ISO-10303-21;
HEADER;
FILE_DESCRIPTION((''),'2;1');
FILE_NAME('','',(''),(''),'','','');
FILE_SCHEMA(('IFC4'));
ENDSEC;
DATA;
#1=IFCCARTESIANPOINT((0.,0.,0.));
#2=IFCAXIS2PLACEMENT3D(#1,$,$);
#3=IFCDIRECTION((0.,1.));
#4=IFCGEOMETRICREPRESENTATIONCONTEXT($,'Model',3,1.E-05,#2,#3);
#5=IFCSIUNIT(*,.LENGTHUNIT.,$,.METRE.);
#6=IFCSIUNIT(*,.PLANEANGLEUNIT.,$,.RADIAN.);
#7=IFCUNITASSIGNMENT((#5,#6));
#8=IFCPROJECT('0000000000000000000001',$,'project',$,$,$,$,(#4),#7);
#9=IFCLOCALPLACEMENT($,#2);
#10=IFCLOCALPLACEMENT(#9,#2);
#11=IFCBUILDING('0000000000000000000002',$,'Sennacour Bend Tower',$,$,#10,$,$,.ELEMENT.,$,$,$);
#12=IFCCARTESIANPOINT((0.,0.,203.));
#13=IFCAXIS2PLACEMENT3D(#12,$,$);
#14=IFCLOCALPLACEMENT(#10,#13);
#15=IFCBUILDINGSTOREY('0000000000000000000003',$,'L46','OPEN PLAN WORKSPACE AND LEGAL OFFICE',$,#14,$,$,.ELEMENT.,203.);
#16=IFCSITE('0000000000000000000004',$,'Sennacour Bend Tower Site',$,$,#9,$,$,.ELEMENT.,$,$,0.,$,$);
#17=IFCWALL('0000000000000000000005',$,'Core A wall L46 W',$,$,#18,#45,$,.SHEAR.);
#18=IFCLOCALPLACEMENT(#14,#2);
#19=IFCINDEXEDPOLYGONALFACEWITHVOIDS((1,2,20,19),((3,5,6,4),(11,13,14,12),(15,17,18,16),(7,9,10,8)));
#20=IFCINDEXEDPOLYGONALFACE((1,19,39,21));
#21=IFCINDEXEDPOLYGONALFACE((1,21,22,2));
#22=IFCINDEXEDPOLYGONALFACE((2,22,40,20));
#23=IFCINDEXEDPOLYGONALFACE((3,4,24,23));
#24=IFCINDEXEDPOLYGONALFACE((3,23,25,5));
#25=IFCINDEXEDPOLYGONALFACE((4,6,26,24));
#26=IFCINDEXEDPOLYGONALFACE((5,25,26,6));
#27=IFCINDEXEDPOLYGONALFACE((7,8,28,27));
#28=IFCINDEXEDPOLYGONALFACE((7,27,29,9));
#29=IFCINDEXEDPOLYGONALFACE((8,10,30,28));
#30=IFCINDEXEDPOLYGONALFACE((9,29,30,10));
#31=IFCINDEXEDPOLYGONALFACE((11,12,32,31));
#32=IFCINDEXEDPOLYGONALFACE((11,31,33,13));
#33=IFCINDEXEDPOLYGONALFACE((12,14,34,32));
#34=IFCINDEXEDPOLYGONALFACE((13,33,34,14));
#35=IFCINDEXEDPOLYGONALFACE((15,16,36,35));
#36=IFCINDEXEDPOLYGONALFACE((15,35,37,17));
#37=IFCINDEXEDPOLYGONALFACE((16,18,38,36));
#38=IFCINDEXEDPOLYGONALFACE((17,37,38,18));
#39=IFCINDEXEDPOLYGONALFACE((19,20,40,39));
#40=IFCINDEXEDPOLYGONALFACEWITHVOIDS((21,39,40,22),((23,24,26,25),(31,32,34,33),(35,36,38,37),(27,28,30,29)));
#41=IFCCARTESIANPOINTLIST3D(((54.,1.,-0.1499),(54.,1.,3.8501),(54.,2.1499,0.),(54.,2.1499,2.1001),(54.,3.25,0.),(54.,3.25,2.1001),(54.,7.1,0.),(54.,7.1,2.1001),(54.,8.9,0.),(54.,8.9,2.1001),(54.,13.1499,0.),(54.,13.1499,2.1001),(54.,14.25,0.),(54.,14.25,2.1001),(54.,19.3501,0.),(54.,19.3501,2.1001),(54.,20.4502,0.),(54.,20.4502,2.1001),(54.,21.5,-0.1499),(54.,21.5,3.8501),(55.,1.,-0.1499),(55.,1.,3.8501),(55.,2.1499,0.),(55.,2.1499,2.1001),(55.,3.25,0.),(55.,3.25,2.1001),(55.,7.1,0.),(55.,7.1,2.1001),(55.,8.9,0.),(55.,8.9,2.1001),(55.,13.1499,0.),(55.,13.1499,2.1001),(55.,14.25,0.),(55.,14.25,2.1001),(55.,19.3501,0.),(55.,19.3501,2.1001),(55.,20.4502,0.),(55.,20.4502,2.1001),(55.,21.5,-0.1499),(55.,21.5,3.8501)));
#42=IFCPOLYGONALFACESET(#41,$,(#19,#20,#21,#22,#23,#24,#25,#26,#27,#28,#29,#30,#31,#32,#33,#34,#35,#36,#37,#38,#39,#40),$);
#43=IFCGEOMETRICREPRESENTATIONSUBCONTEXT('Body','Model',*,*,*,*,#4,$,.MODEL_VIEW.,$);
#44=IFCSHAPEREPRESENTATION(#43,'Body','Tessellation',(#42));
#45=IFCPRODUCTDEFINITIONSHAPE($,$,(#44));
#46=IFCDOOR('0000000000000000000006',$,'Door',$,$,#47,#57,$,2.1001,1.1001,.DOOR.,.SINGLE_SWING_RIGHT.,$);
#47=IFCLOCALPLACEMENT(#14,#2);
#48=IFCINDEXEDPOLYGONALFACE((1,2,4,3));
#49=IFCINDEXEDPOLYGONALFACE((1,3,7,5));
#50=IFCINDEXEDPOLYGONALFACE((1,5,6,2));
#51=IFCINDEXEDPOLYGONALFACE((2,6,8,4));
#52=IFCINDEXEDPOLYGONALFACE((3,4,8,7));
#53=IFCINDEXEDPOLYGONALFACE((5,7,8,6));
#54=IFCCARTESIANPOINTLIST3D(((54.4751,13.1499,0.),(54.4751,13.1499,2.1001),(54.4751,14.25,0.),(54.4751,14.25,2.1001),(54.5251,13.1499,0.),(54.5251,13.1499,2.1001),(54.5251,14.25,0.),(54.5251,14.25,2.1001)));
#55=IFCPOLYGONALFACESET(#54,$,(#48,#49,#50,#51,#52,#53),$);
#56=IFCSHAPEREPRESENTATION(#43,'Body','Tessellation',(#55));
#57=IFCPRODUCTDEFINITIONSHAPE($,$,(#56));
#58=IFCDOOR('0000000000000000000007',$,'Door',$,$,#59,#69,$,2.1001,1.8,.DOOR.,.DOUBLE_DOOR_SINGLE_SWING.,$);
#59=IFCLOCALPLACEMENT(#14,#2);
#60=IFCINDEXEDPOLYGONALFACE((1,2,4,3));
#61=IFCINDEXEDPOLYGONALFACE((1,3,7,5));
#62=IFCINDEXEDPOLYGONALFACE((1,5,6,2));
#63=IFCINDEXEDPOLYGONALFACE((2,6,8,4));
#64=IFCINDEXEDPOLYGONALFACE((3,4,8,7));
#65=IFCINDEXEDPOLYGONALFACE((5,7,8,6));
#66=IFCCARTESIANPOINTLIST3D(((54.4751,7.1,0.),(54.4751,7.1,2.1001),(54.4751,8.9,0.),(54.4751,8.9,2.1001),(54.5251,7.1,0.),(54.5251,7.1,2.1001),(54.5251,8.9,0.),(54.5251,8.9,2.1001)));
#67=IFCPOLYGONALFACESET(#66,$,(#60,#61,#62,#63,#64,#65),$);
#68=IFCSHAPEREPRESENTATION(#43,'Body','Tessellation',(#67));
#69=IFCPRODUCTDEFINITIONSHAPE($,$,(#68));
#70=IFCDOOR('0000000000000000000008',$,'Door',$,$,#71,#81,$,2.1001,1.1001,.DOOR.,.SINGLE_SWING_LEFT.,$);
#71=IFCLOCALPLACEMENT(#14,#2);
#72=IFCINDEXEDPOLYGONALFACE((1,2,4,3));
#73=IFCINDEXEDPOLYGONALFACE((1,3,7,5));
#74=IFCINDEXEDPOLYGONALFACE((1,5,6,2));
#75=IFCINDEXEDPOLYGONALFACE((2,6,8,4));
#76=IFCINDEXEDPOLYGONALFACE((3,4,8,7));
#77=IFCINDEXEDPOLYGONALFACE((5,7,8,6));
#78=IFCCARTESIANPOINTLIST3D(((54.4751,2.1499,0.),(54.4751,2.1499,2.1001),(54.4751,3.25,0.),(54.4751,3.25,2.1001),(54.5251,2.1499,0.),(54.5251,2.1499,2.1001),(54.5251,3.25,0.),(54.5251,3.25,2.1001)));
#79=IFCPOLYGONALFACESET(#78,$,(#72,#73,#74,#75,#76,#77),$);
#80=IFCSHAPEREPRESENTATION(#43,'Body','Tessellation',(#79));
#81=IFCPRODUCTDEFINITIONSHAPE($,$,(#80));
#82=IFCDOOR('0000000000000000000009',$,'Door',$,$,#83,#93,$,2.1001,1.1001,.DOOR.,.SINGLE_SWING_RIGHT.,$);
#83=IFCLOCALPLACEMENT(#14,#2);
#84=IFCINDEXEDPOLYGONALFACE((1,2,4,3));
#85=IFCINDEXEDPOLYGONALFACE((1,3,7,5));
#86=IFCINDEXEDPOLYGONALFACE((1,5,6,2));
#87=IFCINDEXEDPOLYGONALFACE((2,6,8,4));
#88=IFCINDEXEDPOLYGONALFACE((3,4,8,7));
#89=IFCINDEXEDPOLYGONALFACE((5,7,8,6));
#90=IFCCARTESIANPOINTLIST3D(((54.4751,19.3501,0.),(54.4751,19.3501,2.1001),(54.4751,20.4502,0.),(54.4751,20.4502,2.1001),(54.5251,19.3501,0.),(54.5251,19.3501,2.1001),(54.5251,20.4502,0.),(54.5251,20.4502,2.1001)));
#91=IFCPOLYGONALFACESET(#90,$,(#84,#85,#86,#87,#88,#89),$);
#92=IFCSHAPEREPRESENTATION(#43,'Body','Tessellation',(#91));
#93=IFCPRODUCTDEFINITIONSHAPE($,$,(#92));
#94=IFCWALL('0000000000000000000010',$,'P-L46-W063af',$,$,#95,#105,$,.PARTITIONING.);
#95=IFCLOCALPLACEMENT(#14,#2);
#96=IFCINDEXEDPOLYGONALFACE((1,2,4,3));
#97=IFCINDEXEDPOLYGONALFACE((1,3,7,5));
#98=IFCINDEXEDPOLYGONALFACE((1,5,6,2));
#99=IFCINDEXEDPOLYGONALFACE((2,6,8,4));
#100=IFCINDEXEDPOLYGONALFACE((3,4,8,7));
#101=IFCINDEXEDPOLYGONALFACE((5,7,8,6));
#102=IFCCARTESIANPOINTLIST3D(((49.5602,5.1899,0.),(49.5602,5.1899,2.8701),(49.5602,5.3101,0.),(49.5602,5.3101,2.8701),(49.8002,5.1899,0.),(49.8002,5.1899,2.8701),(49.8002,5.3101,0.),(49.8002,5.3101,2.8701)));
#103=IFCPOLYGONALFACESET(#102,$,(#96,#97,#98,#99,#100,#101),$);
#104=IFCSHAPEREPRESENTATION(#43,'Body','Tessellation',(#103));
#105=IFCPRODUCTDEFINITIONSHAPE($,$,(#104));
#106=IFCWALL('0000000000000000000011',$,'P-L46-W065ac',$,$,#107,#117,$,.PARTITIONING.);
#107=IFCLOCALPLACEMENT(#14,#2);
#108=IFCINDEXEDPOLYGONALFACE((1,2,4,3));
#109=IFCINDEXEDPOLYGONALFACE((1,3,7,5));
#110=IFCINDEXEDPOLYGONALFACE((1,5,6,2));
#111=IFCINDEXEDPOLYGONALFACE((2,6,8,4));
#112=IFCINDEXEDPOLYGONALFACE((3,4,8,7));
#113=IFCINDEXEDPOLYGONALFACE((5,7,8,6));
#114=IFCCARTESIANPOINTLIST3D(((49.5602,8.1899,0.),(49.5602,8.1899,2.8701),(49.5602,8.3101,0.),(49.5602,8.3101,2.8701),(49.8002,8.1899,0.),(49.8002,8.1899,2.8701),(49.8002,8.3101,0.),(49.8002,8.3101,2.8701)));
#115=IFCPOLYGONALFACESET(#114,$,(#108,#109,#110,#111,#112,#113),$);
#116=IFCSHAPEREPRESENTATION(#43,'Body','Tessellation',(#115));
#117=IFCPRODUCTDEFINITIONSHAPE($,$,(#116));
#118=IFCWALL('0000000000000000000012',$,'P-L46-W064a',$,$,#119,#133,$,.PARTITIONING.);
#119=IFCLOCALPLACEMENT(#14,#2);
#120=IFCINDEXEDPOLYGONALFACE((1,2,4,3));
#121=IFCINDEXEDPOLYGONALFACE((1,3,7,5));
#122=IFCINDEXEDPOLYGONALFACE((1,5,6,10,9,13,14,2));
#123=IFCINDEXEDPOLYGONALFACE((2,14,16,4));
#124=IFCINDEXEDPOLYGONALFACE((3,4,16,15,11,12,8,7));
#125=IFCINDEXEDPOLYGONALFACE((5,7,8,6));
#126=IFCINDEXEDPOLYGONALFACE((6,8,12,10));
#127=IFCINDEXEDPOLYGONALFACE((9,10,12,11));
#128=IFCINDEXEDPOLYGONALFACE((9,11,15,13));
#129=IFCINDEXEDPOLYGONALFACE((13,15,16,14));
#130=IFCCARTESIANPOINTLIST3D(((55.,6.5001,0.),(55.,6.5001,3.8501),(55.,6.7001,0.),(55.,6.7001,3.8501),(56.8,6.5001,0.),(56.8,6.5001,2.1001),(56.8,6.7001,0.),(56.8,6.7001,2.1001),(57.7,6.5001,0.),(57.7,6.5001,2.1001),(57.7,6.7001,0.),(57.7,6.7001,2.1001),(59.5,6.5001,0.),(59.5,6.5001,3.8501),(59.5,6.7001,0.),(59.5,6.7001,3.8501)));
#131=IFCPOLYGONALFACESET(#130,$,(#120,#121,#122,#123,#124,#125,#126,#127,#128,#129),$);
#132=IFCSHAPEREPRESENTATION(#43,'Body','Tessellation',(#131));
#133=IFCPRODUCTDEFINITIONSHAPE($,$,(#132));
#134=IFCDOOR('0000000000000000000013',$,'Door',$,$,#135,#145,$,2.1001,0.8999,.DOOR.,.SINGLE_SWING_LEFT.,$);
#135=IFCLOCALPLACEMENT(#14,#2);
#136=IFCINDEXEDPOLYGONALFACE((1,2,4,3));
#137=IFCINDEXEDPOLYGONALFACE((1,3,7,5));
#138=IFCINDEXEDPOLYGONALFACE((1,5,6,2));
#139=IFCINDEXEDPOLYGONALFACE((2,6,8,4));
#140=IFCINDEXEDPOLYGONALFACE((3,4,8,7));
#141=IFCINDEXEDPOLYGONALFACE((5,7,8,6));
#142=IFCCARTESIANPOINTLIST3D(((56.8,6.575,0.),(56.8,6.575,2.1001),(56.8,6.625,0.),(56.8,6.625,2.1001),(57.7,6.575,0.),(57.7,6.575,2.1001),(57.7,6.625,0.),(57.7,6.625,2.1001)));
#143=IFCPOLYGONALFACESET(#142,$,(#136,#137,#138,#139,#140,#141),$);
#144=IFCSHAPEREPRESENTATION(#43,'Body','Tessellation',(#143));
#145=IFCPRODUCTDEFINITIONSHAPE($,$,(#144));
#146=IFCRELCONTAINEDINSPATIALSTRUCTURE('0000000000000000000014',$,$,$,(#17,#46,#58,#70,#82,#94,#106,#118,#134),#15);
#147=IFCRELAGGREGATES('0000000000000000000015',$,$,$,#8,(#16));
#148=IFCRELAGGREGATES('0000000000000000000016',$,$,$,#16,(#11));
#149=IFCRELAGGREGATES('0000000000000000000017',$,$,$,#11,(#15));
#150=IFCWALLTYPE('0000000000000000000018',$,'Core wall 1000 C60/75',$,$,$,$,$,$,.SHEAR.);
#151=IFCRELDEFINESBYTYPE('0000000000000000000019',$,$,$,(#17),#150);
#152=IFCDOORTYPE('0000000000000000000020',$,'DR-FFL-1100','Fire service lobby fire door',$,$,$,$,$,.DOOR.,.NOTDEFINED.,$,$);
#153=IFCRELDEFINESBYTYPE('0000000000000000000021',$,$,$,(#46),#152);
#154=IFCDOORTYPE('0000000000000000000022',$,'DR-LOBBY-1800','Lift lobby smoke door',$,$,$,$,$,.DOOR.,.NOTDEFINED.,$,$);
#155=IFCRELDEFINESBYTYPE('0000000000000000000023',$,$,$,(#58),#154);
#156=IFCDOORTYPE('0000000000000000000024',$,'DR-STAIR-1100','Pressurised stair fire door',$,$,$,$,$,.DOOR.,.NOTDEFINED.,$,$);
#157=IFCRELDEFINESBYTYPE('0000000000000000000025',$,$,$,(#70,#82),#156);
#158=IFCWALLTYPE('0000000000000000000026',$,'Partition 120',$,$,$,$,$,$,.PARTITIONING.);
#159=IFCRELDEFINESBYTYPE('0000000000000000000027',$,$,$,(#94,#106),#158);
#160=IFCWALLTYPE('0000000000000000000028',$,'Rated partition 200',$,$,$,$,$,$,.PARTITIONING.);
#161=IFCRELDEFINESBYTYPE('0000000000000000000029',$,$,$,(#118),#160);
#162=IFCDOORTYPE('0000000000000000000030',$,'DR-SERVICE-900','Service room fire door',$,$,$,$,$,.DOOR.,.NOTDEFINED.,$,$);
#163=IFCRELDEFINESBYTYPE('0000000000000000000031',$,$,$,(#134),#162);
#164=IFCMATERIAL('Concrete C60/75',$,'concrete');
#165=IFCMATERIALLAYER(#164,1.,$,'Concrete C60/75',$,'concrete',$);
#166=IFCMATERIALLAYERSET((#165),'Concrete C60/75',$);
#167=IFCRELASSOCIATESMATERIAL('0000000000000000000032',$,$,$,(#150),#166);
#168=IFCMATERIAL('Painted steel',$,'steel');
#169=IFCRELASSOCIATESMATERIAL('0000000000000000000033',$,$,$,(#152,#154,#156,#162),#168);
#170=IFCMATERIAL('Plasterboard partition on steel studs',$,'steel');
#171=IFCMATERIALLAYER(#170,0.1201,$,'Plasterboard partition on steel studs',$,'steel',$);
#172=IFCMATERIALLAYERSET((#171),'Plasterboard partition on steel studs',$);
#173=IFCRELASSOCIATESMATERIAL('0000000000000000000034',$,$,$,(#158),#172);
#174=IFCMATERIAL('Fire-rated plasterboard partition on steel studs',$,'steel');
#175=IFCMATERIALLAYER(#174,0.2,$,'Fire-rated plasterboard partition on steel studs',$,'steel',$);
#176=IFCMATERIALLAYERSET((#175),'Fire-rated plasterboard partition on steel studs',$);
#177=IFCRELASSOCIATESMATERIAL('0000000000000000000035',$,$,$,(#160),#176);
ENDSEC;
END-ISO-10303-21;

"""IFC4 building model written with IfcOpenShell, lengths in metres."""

from ifc_helpers import new_model, si_unit, direction, frame, frame_2d, origin, place, context, subcontext, project, spatial, rectangle, extrude, material, layer, layer_set, type_object, element, fill, save


model = new_model("IFC4")

# Units and contexts
model_context = context("Model", 3, precision=1e-05, world=origin(), true_north=direction((0.0, 1.0)))
body_context = subcontext(model_context, "Body", "Model", "MODEL_VIEW")
ifc_project = project(units=[si_unit("LENGTHUNIT", "METRE"), si_unit("PLANEANGLEUNIT", "RADIAN")], contexts=[model_context])

# Site, building, storey
site_placement = place(None, origin())
site = spatial("IfcSite", under=ifc_project, at=site_placement, Name="Sennacour Bend Tower Site", CompositionType="ELEMENT", RefElevation=0.0)
building_placement = place(site_placement, origin())
building = spatial("IfcBuilding", under=site, at=building_placement, Name="Sennacour Bend Tower", CompositionType="ELEMENT")
storey_placement = place(building_placement, frame((0.0, 0.0, 203.0)))
storey = spatial("IfcBuildingStorey", under=building, at=storey_placement, Name="L46", Description="OPEN PLAN WORKSPACE AND LEGAL OFFICE", CompositionType="ELEMENT", Elevation=203.0)

# Wall, openings, doors
ifc_material_1 = material(Name="Concrete C60/75", Category="concrete")
ifc_layer_1 = layer(ifc_material_1, 1.0, Name="Concrete C60/75", Category="concrete")
ifc_layer_set_1 = layer_set([ifc_layer_1], Name="Concrete C60/75")
wall_type_1 = type_object("IfcWallType", Name="Core wall 1000 C60/75", PredefinedType="SHEAR", material=ifc_layer_set_1)
wall_1_placement = place(storey_placement, frame((54.5, 1.0, -0.1499), z_axis=(0.0, 0.0, 1.0), x_axis=(0.0, 1.0, 0.0)))
wall_1 = element("IfcWall", 1, at=wall_1_placement, inside=storey, type_object=wall_type_1, Name="Core A wall L46 W", PredefinedType="SHEAR", context=body_context, shape_type="SweptSolid", body=[
    extrude(rectangle(XDim=20.5, YDim=1.0, at=frame_2d((10.25, 0.0))), origin(), (0.0, 0.0, 1.0), 4.0),
])
opening_1_placement = place(wall_1_placement, frame((6.1001, 0.0, 0.1499)))
opening_1 = element("IfcOpeningElement", 2, at=opening_1_placement, cuts=wall_1, PredefinedType="OPENING", context=body_context, shape_type="SweptSolid", body=[
    extrude(rectangle(XDim=1.8, YDim=2.1001, at=frame_2d((0.8999, 1.05))), frame((0.0, 0.51, 0.0), z_axis=(0.0, -1.0, 0.0), x_axis=(1.0, 0.0, 0.0)), (0.0, 0.0, 1.0), 1.02),
])
opening_2_placement = place(wall_1_placement, frame((12.1499, 0.0, 0.1499)))
opening_2 = element("IfcOpeningElement", 3, at=opening_2_placement, cuts=wall_1, PredefinedType="OPENING", context=body_context, shape_type="SweptSolid", body=[
    extrude(rectangle(XDim=1.1001, YDim=2.1001, at=frame_2d((0.55, 1.05))), frame((0.0, 0.51, 0.0), z_axis=(0.0, -1.0, 0.0), x_axis=(1.0, 0.0, 0.0)), (0.0, 0.0, 1.0), 1.02),
])
opening_3_placement = place(wall_1_placement, frame((1.1499, 0.0, 0.1499)))
opening_3 = element("IfcOpeningElement", 4, at=opening_3_placement, cuts=wall_1, PredefinedType="OPENING", context=body_context, shape_type="SweptSolid", body=[
    extrude(rectangle(XDim=1.1001, YDim=2.1001, at=frame_2d((0.55, 1.05))), frame((0.0, 0.51, 0.0), z_axis=(0.0, -1.0, 0.0), x_axis=(1.0, 0.0, 0.0)), (0.0, 0.0, 1.0), 1.02),
])
opening_4_placement = place(wall_1_placement, frame((18.3501, 0.0, 0.1499)))
opening_4 = element("IfcOpeningElement", 5, at=opening_4_placement, cuts=wall_1, PredefinedType="OPENING", context=body_context, shape_type="SweptSolid", body=[
    extrude(rectangle(XDim=1.1001, YDim=2.1001, at=frame_2d((0.55, 1.05))), frame((0.0, 0.51, 0.0), z_axis=(0.0, -1.0, 0.0), x_axis=(1.0, 0.0, 0.0)), (0.0, 0.0, 1.0), 1.02),
])
ifc_material_2 = material(Name="Painted steel", Category="steel")
door_type_1 = type_object("IfcDoorType", Name="DR-FFL-1100", Description="Fire service lobby fire door", OperationType="NOTDEFINED", PredefinedType="DOOR", material=ifc_material_2)
door_1_placement = place(opening_2_placement, origin())
door_1 = element("IfcDoor", 6, at=door_1_placement, inside=storey, type_object=door_type_1, Name="Door", OperationType="SINGLE_SWING_RIGHT", OverallHeight=2.1001, OverallWidth=1.1001, PredefinedType="DOOR", context=body_context, shape_type="SweptSolid", body=[
    extrude(rectangle(XDim=1.1001, YDim=2.1001, at=frame_2d((0.55, 1.05))), frame((0.0, 0.0249, 0.0), z_axis=(0.0, -1.0, 0.0), x_axis=(1.0, 0.0, 0.0)), (0.0, 0.0, 1.0), 0.05),
])
fill(opening_2, door_1)
door_type_2 = type_object("IfcDoorType", Name="DR-LOBBY-1800", Description="Lift lobby smoke door", OperationType="NOTDEFINED", PredefinedType="DOOR", material=ifc_material_2)
door_2_placement = place(opening_1_placement, origin())
door_2 = element("IfcDoor", 7, at=door_2_placement, inside=storey, type_object=door_type_2, Name="Door", OperationType="DOUBLE_DOOR_SINGLE_SWING", OverallHeight=2.1001, OverallWidth=1.8, PredefinedType="DOOR", context=body_context, shape_type="SweptSolid", body=[
    extrude(rectangle(XDim=1.8, YDim=2.1001, at=frame_2d((0.8999, 1.05))), frame((0.0, 0.0249, 0.0), z_axis=(0.0, -1.0, 0.0), x_axis=(1.0, 0.0, 0.0)), (0.0, 0.0, 1.0), 0.05),
])
fill(opening_1, door_2)
door_type_3 = type_object("IfcDoorType", Name="DR-STAIR-1100", Description="Pressurised stair fire door", OperationType="NOTDEFINED", PredefinedType="DOOR", material=ifc_material_2)
door_3_placement = place(opening_3_placement, origin())
door_3 = element("IfcDoor", 8, at=door_3_placement, inside=storey, type_object=door_type_3, Name="Door", OperationType="SINGLE_SWING_LEFT", OverallHeight=2.1001, OverallWidth=1.1001, PredefinedType="DOOR", context=body_context, shape_type="SweptSolid", body=[
    extrude(rectangle(XDim=1.1001, YDim=2.1001, at=frame_2d((0.55, 1.05))), frame((0.0, 0.0249, 0.0), z_axis=(0.0, -1.0, 0.0), x_axis=(1.0, 0.0, 0.0)), (0.0, 0.0, 1.0), 0.05),
])
fill(opening_3, door_3)
door_4_placement = place(opening_4_placement, origin())
door_4 = element("IfcDoor", 9, at=door_4_placement, inside=storey, type_object=door_type_3, Name="Door", OperationType="SINGLE_SWING_RIGHT", OverallHeight=2.1001, OverallWidth=1.1001, PredefinedType="DOOR", context=body_context, shape_type="SweptSolid", body=[
    extrude(rectangle(XDim=1.1001, YDim=2.1001, at=frame_2d((0.55, 1.05))), frame((0.0, 0.0249, 0.0), z_axis=(0.0, -1.0, 0.0), x_axis=(1.0, 0.0, 0.0)), (0.0, 0.0, 1.0), 0.05),
])
fill(opening_4, door_4)

# Walls
ifc_material_3 = material(Name="Plasterboard partition on steel studs", Category="steel")
ifc_layer_2 = layer(ifc_material_3, 0.1201, Name="Plasterboard partition on steel studs", Category="steel")
ifc_layer_set_2 = layer_set([ifc_layer_2], Name="Plasterboard partition on steel studs")
wall_type_2 = type_object("IfcWallType", Name="Partition 120", PredefinedType="PARTITIONING", material=ifc_layer_set_2)
for number, where, z_axis, x_axis, name in (
    (10, (49.5601, 5.25, 0.0), (0.0, 0.0, 1.0), (1.0, 0.0, 0.0), "P-L46-W063af"),
    (11, (49.5601, 8.25, 0.0), (0.0, 0.0, 1.0), (1.0, 0.0, 0.0), "P-L46-W065ac"),
):
    element("IfcWall", number, at=place(storey_placement, frame(where, z_axis=z_axis, x_axis=x_axis)), inside=storey, type_object=wall_type_2, Name=name, PredefinedType="PARTITIONING", context=body_context, shape_type="SweptSolid", body=[
        extrude(rectangle(XDim=0.24, YDim=0.1201, at=frame_2d((0.1201, 0.0))), origin(), (0.0, 0.0, 1.0), 2.8701),
    ])

# Wall, opening, door
ifc_material_4 = material(Name="Fire-rated plasterboard partition on steel studs", Category="steel")
ifc_layer_3 = layer(ifc_material_4, 0.2, Name="Fire-rated plasterboard partition on steel studs", Category="steel")
ifc_layer_set_3 = layer_set([ifc_layer_3], Name="Fire-rated plasterboard partition on steel studs")
wall_type_3 = type_object("IfcWallType", Name="Rated partition 200", PredefinedType="PARTITIONING", material=ifc_layer_set_3)
wall_2_placement = place(storey_placement, frame((55.0, 6.6001, 0.0), z_axis=(0.0, 0.0, 1.0), x_axis=(1.0, 0.0, 0.0)))
wall_2 = element("IfcWall", 12, at=wall_2_placement, inside=storey, type_object=wall_type_3, Name="P-L46-W064a", PredefinedType="PARTITIONING", context=body_context, shape_type="SweptSolid", body=[
    extrude(rectangle(XDim=4.5, YDim=0.2, at=frame_2d((2.25, 0.0))), origin(), (0.0, 0.0, 1.0), 3.8501),
])
opening_5_placement = place(wall_2_placement, frame((1.8, 0.0, 0.0)))
opening_5 = element("IfcOpeningElement", 13, at=opening_5_placement, cuts=wall_2, PredefinedType="OPENING", context=body_context, shape_type="SweptSolid", body=[
    extrude(rectangle(XDim=0.8999, YDim=2.1001, at=frame_2d((0.45, 1.05))), frame((0.0, 0.1099, 0.0), z_axis=(0.0, -1.0, 0.0), x_axis=(1.0, 0.0, 0.0)), (0.0, 0.0, 1.0), 0.22),
])
door_type_4 = type_object("IfcDoorType", Name="DR-SERVICE-900", Description="Service room fire door", OperationType="NOTDEFINED", PredefinedType="DOOR", material=ifc_material_2)
door_5_placement = place(opening_5_placement, origin())
door_5 = element("IfcDoor", 14, at=door_5_placement, inside=storey, type_object=door_type_4, Name="Door", OperationType="SINGLE_SWING_LEFT", OverallHeight=2.1001, OverallWidth=0.8999, PredefinedType="DOOR", context=body_context, shape_type="SweptSolid", body=[
    extrude(rectangle(XDim=0.8999, YDim=2.1001, at=frame_2d((0.45, 1.05))), frame((0.0, 0.0249, 0.0), z_axis=(0.0, -1.0, 0.0), x_axis=(1.0, 0.0, 0.0)), (0.0, 0.0, 1.0), 0.05),
])
fill(opening_5, door_5)

save(model, "model.ifc")
